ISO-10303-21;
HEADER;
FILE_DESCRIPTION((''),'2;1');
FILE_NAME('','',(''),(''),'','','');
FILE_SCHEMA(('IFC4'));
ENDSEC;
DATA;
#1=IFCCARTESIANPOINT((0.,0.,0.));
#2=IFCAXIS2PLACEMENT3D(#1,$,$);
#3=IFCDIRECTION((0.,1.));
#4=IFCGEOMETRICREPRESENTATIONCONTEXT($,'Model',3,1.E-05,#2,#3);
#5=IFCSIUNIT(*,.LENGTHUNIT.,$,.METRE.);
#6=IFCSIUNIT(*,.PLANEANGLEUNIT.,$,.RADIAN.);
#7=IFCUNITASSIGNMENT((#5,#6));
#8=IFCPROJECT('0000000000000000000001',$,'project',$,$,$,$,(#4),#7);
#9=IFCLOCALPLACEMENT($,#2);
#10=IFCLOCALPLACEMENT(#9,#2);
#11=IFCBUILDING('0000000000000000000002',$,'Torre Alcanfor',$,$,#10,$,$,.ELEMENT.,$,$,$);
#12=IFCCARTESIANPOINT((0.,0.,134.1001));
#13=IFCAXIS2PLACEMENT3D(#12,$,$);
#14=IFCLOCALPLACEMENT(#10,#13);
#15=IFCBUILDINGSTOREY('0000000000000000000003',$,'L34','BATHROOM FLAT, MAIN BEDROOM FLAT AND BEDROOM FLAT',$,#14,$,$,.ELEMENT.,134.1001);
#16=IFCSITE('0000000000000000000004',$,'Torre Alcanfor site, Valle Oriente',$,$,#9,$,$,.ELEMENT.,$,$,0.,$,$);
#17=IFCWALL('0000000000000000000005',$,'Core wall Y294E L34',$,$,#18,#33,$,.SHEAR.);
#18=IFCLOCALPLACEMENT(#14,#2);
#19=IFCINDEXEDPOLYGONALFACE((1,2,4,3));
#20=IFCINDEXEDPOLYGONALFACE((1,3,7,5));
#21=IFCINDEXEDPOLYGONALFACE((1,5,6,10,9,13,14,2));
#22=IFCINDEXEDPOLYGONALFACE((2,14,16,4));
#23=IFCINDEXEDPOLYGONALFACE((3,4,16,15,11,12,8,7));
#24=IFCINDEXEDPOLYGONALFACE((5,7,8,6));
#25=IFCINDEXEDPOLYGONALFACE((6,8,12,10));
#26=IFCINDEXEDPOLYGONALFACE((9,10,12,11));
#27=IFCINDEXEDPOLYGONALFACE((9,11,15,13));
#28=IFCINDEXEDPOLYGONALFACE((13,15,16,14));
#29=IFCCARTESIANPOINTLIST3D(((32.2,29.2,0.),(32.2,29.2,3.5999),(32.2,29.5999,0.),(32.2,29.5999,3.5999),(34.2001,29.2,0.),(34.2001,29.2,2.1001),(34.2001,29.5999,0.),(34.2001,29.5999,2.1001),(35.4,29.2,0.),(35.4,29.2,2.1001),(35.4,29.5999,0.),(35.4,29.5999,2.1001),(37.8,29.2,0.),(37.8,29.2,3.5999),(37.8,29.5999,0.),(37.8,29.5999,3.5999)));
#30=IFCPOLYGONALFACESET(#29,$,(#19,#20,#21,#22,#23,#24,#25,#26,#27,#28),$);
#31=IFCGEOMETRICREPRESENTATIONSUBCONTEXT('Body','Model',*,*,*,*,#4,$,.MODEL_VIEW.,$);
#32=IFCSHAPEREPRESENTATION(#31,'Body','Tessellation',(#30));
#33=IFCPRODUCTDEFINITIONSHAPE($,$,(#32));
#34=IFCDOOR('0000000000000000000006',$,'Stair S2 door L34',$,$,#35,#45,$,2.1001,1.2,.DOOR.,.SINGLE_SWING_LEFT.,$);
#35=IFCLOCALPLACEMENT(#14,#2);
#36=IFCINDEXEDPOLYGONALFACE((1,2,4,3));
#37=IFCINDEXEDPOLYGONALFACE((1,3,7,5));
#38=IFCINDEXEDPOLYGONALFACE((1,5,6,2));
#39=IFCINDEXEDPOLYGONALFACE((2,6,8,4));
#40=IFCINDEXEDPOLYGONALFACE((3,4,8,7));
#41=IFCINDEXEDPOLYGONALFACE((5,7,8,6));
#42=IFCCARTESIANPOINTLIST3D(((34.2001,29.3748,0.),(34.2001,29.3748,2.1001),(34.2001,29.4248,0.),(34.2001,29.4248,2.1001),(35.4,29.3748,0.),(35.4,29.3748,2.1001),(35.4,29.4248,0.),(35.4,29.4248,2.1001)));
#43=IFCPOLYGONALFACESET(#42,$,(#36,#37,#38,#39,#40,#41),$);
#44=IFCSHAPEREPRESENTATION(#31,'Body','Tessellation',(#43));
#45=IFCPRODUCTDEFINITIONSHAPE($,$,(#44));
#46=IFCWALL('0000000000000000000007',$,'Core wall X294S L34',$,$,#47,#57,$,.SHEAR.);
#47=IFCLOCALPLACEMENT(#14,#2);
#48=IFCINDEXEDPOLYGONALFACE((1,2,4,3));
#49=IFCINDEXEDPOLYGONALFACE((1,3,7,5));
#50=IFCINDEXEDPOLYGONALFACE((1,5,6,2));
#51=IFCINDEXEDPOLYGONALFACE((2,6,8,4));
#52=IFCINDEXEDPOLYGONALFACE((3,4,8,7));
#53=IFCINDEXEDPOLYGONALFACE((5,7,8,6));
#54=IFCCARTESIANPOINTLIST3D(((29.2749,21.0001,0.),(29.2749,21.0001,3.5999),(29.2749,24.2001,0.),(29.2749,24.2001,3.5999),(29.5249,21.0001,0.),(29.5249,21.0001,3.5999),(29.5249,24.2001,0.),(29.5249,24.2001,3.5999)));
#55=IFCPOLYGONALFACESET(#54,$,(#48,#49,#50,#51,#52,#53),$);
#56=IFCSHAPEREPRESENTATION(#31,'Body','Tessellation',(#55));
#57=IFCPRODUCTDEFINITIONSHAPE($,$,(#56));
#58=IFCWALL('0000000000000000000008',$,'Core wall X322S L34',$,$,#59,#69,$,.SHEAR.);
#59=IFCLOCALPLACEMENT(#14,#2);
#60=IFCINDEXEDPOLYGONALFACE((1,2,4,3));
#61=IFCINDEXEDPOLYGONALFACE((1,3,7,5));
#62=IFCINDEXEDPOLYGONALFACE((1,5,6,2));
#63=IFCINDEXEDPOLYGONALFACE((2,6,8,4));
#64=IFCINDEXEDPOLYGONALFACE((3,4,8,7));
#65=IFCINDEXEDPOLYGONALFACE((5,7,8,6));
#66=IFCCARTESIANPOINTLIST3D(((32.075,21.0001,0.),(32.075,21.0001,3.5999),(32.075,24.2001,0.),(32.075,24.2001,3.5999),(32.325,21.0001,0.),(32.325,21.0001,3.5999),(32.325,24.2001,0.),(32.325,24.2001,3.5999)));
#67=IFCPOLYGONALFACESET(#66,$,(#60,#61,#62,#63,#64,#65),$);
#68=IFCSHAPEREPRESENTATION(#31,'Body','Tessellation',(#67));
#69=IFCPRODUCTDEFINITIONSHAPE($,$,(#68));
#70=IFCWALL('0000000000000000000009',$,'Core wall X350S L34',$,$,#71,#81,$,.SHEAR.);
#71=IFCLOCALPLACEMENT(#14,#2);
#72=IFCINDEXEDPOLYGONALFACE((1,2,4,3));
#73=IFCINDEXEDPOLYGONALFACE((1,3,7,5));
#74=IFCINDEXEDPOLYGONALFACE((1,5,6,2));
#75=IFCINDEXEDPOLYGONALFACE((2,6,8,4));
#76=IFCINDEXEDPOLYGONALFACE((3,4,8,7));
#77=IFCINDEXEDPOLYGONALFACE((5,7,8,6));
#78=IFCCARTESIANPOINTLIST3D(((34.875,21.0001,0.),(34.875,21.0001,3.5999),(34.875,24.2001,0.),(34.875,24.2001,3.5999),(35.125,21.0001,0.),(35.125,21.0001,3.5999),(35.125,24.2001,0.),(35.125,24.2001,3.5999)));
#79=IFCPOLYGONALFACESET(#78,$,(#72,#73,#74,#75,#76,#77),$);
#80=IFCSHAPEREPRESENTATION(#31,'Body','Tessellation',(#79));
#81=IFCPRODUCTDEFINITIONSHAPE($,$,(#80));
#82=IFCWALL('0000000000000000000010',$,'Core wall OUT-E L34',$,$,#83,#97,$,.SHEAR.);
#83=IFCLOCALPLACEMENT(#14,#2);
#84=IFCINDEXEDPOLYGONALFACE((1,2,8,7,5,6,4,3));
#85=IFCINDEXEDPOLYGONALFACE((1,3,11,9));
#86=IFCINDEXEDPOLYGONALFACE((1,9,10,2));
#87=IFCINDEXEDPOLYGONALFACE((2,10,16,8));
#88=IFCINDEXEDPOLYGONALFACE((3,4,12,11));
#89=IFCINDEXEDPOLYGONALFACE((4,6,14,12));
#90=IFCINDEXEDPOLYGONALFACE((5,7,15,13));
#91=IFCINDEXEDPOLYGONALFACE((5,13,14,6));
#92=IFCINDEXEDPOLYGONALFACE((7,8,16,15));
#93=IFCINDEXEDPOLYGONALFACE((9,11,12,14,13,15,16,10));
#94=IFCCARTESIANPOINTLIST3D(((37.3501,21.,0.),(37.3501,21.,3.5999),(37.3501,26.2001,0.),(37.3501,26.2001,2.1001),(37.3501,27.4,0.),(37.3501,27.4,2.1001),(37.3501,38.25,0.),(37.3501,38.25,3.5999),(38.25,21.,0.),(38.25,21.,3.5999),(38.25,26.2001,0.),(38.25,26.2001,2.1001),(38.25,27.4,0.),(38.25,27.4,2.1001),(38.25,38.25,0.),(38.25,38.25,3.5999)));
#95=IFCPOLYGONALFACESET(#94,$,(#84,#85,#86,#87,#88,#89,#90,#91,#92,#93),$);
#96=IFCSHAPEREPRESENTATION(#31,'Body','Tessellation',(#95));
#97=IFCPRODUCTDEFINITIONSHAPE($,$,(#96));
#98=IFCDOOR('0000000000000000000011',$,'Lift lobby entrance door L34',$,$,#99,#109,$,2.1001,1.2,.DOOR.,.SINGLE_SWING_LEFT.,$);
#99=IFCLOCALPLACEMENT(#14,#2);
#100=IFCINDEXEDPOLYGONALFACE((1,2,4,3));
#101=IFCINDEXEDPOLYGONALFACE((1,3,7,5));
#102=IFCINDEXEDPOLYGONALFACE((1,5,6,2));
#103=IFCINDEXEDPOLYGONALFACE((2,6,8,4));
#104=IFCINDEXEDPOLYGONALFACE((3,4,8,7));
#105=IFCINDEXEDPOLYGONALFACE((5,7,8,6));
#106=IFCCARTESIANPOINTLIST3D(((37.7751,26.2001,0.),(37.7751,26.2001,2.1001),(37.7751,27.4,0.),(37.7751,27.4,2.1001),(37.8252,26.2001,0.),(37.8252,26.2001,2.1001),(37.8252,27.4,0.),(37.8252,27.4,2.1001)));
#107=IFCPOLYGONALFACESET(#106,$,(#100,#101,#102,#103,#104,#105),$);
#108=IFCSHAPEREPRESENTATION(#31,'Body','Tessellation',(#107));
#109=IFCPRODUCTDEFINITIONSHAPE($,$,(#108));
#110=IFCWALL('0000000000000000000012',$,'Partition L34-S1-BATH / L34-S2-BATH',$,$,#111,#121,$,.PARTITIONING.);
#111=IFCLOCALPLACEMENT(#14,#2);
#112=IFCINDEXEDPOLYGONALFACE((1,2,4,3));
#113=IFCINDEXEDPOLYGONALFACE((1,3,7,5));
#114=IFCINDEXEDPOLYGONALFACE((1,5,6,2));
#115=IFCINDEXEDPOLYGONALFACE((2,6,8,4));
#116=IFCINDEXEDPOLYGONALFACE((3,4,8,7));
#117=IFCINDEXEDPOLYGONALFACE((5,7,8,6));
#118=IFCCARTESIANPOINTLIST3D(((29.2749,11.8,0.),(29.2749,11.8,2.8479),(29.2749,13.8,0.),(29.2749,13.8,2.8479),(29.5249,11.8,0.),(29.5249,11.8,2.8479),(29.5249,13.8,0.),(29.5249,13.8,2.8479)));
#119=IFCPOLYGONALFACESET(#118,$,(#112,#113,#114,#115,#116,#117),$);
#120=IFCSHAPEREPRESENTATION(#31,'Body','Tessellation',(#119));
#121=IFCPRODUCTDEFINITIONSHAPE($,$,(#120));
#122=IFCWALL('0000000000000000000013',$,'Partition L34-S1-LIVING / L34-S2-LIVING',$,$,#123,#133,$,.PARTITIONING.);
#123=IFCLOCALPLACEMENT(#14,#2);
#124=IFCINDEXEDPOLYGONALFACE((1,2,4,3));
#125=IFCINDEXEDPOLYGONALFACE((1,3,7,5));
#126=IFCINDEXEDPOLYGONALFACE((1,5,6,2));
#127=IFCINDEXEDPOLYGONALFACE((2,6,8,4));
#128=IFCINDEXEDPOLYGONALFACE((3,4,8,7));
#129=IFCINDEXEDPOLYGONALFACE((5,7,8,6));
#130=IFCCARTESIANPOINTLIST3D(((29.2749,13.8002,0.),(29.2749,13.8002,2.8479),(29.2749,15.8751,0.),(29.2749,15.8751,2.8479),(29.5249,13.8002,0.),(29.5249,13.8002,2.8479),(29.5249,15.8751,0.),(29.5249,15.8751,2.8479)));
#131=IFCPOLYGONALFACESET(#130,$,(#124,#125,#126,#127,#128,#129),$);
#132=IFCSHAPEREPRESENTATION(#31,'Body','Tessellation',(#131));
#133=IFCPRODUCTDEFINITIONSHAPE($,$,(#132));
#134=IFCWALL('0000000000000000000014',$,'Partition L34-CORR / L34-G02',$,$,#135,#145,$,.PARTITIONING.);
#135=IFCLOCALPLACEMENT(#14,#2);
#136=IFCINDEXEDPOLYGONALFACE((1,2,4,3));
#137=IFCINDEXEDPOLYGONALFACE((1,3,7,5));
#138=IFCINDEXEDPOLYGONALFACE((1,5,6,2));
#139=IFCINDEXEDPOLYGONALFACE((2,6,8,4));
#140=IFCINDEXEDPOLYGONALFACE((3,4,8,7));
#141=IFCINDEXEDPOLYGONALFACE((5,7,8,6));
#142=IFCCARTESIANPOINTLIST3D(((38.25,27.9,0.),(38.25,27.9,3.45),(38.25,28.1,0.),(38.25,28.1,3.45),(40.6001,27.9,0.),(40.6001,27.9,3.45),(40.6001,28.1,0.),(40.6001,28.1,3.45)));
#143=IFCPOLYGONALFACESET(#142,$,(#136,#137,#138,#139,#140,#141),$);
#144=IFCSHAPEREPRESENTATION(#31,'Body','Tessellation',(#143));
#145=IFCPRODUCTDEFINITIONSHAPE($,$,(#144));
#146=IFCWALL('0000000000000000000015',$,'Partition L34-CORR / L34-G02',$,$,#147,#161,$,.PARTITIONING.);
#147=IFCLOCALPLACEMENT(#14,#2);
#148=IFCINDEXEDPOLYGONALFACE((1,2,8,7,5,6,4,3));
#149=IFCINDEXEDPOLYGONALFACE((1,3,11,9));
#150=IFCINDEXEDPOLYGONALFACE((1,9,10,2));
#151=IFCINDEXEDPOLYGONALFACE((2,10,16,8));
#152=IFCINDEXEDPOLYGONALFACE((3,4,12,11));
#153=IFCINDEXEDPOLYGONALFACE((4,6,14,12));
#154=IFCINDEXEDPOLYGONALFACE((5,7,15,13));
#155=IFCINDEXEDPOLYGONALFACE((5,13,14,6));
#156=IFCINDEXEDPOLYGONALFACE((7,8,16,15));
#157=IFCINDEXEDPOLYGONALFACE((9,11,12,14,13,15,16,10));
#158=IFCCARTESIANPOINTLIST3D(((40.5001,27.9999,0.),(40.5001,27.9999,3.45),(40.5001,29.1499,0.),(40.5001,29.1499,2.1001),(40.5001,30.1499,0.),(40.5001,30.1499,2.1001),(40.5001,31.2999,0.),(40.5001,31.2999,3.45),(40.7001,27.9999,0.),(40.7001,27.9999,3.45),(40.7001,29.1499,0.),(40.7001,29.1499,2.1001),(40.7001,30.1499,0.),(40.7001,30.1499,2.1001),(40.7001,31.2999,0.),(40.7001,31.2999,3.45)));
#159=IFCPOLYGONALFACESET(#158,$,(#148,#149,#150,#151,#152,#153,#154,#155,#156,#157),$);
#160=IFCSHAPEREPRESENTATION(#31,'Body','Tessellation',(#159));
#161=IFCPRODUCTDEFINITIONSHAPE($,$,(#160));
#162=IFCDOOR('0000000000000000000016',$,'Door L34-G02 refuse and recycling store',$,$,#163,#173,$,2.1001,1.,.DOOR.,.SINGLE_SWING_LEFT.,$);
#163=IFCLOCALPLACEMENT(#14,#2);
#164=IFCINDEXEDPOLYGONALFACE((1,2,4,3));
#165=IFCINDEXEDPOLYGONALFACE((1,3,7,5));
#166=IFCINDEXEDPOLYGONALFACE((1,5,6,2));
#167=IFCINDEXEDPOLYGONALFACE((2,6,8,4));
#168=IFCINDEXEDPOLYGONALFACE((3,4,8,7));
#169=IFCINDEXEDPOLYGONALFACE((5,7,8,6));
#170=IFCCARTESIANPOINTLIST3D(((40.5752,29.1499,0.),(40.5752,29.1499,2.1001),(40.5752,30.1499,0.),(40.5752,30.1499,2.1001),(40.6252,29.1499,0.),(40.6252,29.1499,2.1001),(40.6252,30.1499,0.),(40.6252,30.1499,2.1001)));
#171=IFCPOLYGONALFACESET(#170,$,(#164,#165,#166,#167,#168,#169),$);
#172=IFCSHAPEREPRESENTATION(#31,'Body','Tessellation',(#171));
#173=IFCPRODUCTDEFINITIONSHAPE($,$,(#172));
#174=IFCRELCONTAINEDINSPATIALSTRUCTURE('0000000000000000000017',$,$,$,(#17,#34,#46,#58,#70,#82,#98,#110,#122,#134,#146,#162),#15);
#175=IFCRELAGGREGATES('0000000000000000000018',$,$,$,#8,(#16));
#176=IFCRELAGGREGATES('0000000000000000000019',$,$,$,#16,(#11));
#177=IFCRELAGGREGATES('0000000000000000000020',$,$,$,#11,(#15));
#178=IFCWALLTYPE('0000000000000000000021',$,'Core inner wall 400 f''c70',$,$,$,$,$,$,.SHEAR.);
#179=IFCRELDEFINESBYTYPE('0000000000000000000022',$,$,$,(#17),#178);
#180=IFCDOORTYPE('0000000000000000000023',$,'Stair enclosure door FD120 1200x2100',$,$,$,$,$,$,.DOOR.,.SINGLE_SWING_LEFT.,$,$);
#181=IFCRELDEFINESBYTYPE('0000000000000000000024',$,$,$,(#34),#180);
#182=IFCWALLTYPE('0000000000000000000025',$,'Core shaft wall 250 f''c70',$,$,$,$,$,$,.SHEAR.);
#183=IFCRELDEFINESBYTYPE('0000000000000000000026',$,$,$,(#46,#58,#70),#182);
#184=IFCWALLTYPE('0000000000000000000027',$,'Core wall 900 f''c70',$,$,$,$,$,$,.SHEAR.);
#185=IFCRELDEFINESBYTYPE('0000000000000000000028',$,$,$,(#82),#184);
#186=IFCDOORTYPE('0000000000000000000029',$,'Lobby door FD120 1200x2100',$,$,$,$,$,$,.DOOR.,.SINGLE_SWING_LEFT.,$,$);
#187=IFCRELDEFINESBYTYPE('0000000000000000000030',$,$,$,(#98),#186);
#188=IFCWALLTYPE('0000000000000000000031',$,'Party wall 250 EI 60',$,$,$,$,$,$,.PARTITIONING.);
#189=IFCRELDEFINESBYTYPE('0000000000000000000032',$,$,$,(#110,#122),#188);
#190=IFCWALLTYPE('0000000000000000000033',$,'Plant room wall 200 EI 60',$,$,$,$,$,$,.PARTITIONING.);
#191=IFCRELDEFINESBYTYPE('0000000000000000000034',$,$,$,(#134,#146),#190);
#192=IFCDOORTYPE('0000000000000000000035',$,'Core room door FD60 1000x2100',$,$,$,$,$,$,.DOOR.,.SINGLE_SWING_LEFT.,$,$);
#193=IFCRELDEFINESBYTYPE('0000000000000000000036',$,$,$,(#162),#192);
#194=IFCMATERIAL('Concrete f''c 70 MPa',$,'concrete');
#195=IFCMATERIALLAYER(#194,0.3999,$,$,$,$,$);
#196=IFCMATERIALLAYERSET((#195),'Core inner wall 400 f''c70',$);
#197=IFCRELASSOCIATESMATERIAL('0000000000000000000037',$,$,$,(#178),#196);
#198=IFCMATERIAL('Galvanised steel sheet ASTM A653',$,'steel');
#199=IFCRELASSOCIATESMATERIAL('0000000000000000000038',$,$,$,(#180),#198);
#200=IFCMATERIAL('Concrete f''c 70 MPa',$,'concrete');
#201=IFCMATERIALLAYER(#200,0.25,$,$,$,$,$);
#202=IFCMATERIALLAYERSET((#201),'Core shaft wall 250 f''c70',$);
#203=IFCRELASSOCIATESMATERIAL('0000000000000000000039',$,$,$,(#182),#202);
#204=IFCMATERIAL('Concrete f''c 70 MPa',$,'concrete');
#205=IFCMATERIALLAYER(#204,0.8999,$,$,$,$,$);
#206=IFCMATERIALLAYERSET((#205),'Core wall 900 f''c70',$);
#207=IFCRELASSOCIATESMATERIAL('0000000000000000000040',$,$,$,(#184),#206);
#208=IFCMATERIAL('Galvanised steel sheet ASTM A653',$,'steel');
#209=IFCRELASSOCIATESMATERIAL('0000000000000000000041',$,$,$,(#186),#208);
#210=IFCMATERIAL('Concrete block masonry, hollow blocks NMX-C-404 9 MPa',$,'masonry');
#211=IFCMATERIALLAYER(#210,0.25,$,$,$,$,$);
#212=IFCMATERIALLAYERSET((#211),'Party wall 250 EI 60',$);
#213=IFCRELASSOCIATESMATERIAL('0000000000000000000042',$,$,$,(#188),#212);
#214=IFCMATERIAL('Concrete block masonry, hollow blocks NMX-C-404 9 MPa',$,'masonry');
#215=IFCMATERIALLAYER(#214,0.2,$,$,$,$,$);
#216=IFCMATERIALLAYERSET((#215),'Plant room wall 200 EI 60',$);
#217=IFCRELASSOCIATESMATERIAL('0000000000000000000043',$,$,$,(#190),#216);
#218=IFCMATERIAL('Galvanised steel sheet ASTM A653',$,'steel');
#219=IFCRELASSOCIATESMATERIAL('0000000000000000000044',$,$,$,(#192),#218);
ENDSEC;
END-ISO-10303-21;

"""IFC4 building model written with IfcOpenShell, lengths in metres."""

from ifc_helpers import new_model, si_unit, direction, frame, frame_2d, origin, place, context, subcontext, project, spatial, rectangle, extrude, material, layer, layer_set, type_object, element, fill, save


model = new_model("IFC4")

# Units and contexts
model_context = context("Model", 3, precision=1e-05, world=origin(), true_north=direction((0.0, 1.0)))
body_context = subcontext(model_context, "Body", "Model", "MODEL_VIEW")
ifc_project = project(units=[si_unit("LENGTHUNIT", "METRE"), si_unit("PLANEANGLEUNIT", "RADIAN")], contexts=[model_context])

# Site, building, storey
site_placement = place(None, origin())
site = spatial("IfcSite", under=ifc_project, at=site_placement, Name="Torre Alcanfor site, Valle Oriente", CompositionType="ELEMENT", RefElevation=0.0)
building_placement = place(site_placement, origin())
building = spatial("IfcBuilding", under=site, at=building_placement, Name="Torre Alcanfor", CompositionType="ELEMENT")
storey_placement = place(building_placement, frame((0.0, 0.0, 134.1001)))
storey = spatial("IfcBuildingStorey", under=building, at=storey_placement, Name="L34", Description="BATHROOM FLAT, MAIN BEDROOM FLAT AND BEDROOM FLAT", CompositionType="ELEMENT", Elevation=134.1001)

# Shared definitions
ifc_material_1 = material(Name="Concrete f'c 70 MPa", Category="concrete")
ifc_layer_1 = layer(ifc_material_1, 0.3999)
ifc_layer_set_1 = layer_set([ifc_layer_1], Name="Core inner wall 400 f'c70")
wall_type_1 = type_object("IfcWallType", Name="Core inner wall 400 f'c70", PredefinedType="SHEAR", material=ifc_layer_set_1)

# Wall, opening, door
wall_1_placement = place(storey_placement, frame((32.2, 29.3999, 0.0), z_axis=(0.0, 0.0, 1.0), x_axis=(1.0, 0.0, 0.0)))
wall_1 = element("IfcWall", 1, at=wall_1_placement, inside=storey, type_object=wall_type_1, Name="Core wall Y294E L34", PredefinedType="SHEAR", context=body_context, shape_type="SweptSolid", body=[
    extrude(rectangle(XDim=5.6001, YDim=0.3999, at=frame_2d((2.8, 0.0))), origin(), (0.0, 0.0, 1.0), 3.5999),
])
opening_1_placement = place(wall_1_placement, frame((2.0, 0.0, 0.0)))
opening_1 = element("IfcOpeningElement", 2, at=opening_1_placement, cuts=wall_1, PredefinedType="OPENING", context=body_context, shape_type="SweptSolid", body=[
    extrude(rectangle(XDim=1.2, YDim=2.1001, at=frame_2d((0.6001, 1.05))), frame((0.0, 0.21, 0.0), z_axis=(0.0, -1.0, 0.0), x_axis=(1.0, 0.0, 0.0)), (0.0, 0.0, 1.0), 0.4199),
])
ifc_material_2 = material(Name="Galvanised steel sheet ASTM A653", Category="steel")
door_type_1 = type_object("IfcDoorType", Name="Stair enclosure door FD120 1200x2100", OperationType="SINGLE_SWING_LEFT", PredefinedType="DOOR", material=ifc_material_2)
door_1_placement = place(opening_1_placement, origin())
door_1 = element("IfcDoor", 3, at=door_1_placement, inside=storey, type_object=door_type_1, Name="Stair S2 door L34", OperationType="SINGLE_SWING_LEFT", OverallHeight=2.1001, OverallWidth=1.2, PredefinedType="DOOR", context=body_context, shape_type="SweptSolid", body=[
    extrude(rectangle(XDim=1.2, YDim=2.1001, at=frame_2d((0.6001, 1.05))), frame((0.0, 0.0249, 0.0), z_axis=(0.0, -1.0, 0.0), x_axis=(1.0, 0.0, 0.0)), (0.0, 0.0, 1.0), 0.05),
])
fill(opening_1, door_1)

# Walls
ifc_material_3 = material(Name="Concrete f'c 70 MPa", Category="concrete")
ifc_layer_2 = layer(ifc_material_3, 0.25)
ifc_layer_set_2 = layer_set([ifc_layer_2], Name="Core shaft wall 250 f'c70")
wall_type_2 = type_object("IfcWallType", Name="Core shaft wall 250 f'c70", PredefinedType="SHEAR", material=ifc_layer_set_2)
for number, where, z_axis, x_axis, name in (
    (4, (29.3999, 21.0, 0.0), (0.0, 0.0, 1.0), (0.0, 1.0, 0.0), "Core wall X294S L34"),
    (5, (32.2, 21.0, 0.0), (0.0, 0.0, 1.0), (0.0, 1.0, 0.0), "Core wall X322S L34"),
    (6, (35.0, 21.0, 0.0), (0.0, 0.0, 1.0), (0.0, 1.0, 0.0), "Core wall X350S L34"),
):
    element("IfcWall", number, at=place(storey_placement, frame(where, z_axis=z_axis, x_axis=x_axis)), inside=storey, type_object=wall_type_2, Name=name, PredefinedType="SHEAR", context=body_context, shape_type="SweptSolid", body=[
        extrude(rectangle(XDim=3.2, YDim=0.25, at=frame_2d((1.6001, 0.0))), origin(), (0.0, 0.0, 1.0), 3.5999),
    ])

# Wall, opening, door
ifc_material_4 = material(Name="Concrete f'c 70 MPa", Category="concrete")
ifc_layer_3 = layer(ifc_material_4, 0.8999)
ifc_layer_set_3 = layer_set([ifc_layer_3], Name="Core wall 900 f'c70")
wall_type_3 = type_object("IfcWallType", Name="Core wall 900 f'c70", PredefinedType="SHEAR", material=ifc_layer_set_3)
wall_2_placement = place(storey_placement, frame((37.8, 21.0, 0.0), z_axis=(0.0, 0.0, 1.0), x_axis=(0.0, 1.0, 0.0)))
wall_2 = element("IfcWall", 7, at=wall_2_placement, inside=storey, type_object=wall_type_3, Name="Core wall OUT-E L34", PredefinedType="SHEAR", context=body_context, shape_type="SweptSolid", body=[
    extrude(rectangle(XDim=17.25, YDim=0.8999, at=frame_2d((8.625, 0.0))), origin(), (0.0, 0.0, 1.0), 3.5999),
])
opening_2_placement = place(wall_2_placement, frame((5.2, 0.0, 0.0)))
opening_2 = element("IfcOpeningElement", 8, at=opening_2_placement, cuts=wall_2, PredefinedType="OPENING", context=body_context, shape_type="SweptSolid", body=[
    extrude(rectangle(XDim=1.2, YDim=2.1001, at=frame_2d((0.6001, 1.05))), frame((0.0, 0.46, 0.0), z_axis=(0.0, -1.0, 0.0), x_axis=(1.0, 0.0, 0.0)), (0.0, 0.0, 1.0), 0.9199),
])
ifc_material_5 = material(Name="Galvanised steel sheet ASTM A653", Category="steel")
door_type_2 = type_object("IfcDoorType", Name="Lobby door FD120 1200x2100", OperationType="SINGLE_SWING_LEFT", PredefinedType="DOOR", material=ifc_material_5)
door_2_placement = place(opening_2_placement, origin())
door_2 = element("IfcDoor", 9, at=door_2_placement, inside=storey, type_object=door_type_2, Name="Lift lobby entrance door L34", OperationType="SINGLE_SWING_LEFT", OverallHeight=2.1001, OverallWidth=1.2, PredefinedType="DOOR", context=body_context, shape_type="SweptSolid", body=[
    extrude(rectangle(XDim=1.2, YDim=2.1001, at=frame_2d((0.6001, 1.05))), frame((0.0, 0.0249, 0.0), z_axis=(0.0, -1.0, 0.0), x_axis=(1.0, 0.0, 0.0)), (0.0, 0.0, 1.0), 0.05),
])
fill(opening_2, door_2)

# Walls
ifc_material_6 = material(Name="Concrete block masonry, hollow blocks NMX-C-404 9 MPa", Category="masonry")
ifc_layer_4 = layer(ifc_material_6, 0.25)
ifc_layer_set_4 = layer_set([ifc_layer_4], Name="Party wall 250 EI 60")
wall_type_4 = type_object("IfcWallType", Name="Party wall 250 EI 60", PredefinedType="PARTITIONING", material=ifc_layer_set_4)
wall_3_placement = place(storey_placement, frame((29.3999, 13.8, 0.0), z_axis=(0.0, 0.0, 1.0), x_axis=(0.0, -1.0, 0.0)))
element("IfcWall", 10, at=wall_3_placement, inside=storey, type_object=wall_type_4, Name="Partition L34-S1-BATH / L34-S2-BATH", PredefinedType="PARTITIONING", context=body_context, shape_type="SweptSolid", body=[
    extrude(rectangle(XDim=2.0, YDim=0.25, at=frame_2d((1.0, 0.0))), origin(), (0.0, 0.0, 1.0), 2.8479),
])
wall_4_placement = place(storey_placement, frame((29.3999, 13.8, 0.0), z_axis=(0.0, 0.0, 1.0), x_axis=(0.0, 1.0, 0.0)))
element("IfcWall", 11, at=wall_4_placement, inside=storey, type_object=wall_type_4, Name="Partition L34-S1-LIVING / L34-S2-LIVING", PredefinedType="PARTITIONING", context=body_context, shape_type="SweptSolid", body=[
    extrude(rectangle(XDim=2.075, YDim=0.25, at=frame_2d((1.0376, 0.0))), origin(), (0.0, 0.0, 1.0), 2.8479),
])
ifc_material_7 = material(Name="Concrete block masonry, hollow blocks NMX-C-404 9 MPa", Category="masonry")
ifc_layer_5 = layer(ifc_material_7, 0.2)
ifc_layer_set_5 = layer_set([ifc_layer_5], Name="Plant room wall 200 EI 60")
wall_type_5 = type_object("IfcWallType", Name="Plant room wall 200 EI 60", PredefinedType="PARTITIONING", material=ifc_layer_set_5)
wall_5_placement = place(storey_placement, frame((38.25, 28.0, 0.0), z_axis=(0.0, 0.0, 1.0), x_axis=(1.0, 0.0, 0.0)))
element("IfcWall", 12, at=wall_5_placement, inside=storey, type_object=wall_type_5, Name="Partition L34-CORR / L34-G02", PredefinedType="PARTITIONING", context=body_context, shape_type="SweptSolid", body=[
    extrude(rectangle(XDim=2.3501, YDim=0.2, at=frame_2d((1.175, 0.0))), origin(), (0.0, 0.0, 1.0), 3.45),
])

# Wall, opening, door
wall_6_placement = place(storey_placement, frame((40.6001, 28.0, 0.0), z_axis=(0.0, 0.0, 1.0), x_axis=(0.0, 1.0, 0.0)))
wall_6 = element("IfcWall", 13, at=wall_6_placement, inside=storey, type_object=wall_type_5, Name="Partition L34-CORR / L34-G02", PredefinedType="PARTITIONING", context=body_context, shape_type="SweptSolid", body=[
    extrude(rectangle(XDim=3.3, YDim=0.2, at=frame_2d((1.6499, 0.0))), origin(), (0.0, 0.0, 1.0), 3.45),
])
opening_3_placement = place(wall_6_placement, frame((1.1499, 0.0, 0.0)))
opening_3 = element("IfcOpeningElement", 14, at=opening_3_placement, cuts=wall_6, PredefinedType="OPENING", context=body_context, shape_type="SweptSolid", body=[
    extrude(rectangle(XDim=1.0, YDim=2.1001, at=frame_2d((0.5, 1.05))), frame((0.0, 0.1099, 0.0), z_axis=(0.0, -1.0, 0.0), x_axis=(1.0, 0.0, 0.0)), (0.0, 0.0, 1.0), 0.22),
])
ifc_material_8 = material(Name="Galvanised steel sheet ASTM A653", Category="steel")
door_type_3 = type_object("IfcDoorType", Name="Core room door FD60 1000x2100", OperationType="SINGLE_SWING_LEFT", PredefinedType="DOOR", material=ifc_material_8)
door_3_placement = place(opening_3_placement, origin())
door_3 = element("IfcDoor", 15, at=door_3_placement, inside=storey, type_object=door_type_3, Name="Door L34-G02 refuse and recycling store", OperationType="SINGLE_SWING_LEFT", OverallHeight=2.1001, OverallWidth=1.0, PredefinedType="DOOR", context=body_context, shape_type="SweptSolid", body=[
    extrude(rectangle(XDim=1.0, YDim=2.1001, at=frame_2d((0.5, 1.05))), frame((0.0, 0.0249, 0.0), z_axis=(0.0, -1.0, 0.0), x_axis=(1.0, 0.0, 0.0)), (0.0, 0.0, 1.0), 0.05),
])
fill(opening_3, door_3)

save(model, "model.ifc")
